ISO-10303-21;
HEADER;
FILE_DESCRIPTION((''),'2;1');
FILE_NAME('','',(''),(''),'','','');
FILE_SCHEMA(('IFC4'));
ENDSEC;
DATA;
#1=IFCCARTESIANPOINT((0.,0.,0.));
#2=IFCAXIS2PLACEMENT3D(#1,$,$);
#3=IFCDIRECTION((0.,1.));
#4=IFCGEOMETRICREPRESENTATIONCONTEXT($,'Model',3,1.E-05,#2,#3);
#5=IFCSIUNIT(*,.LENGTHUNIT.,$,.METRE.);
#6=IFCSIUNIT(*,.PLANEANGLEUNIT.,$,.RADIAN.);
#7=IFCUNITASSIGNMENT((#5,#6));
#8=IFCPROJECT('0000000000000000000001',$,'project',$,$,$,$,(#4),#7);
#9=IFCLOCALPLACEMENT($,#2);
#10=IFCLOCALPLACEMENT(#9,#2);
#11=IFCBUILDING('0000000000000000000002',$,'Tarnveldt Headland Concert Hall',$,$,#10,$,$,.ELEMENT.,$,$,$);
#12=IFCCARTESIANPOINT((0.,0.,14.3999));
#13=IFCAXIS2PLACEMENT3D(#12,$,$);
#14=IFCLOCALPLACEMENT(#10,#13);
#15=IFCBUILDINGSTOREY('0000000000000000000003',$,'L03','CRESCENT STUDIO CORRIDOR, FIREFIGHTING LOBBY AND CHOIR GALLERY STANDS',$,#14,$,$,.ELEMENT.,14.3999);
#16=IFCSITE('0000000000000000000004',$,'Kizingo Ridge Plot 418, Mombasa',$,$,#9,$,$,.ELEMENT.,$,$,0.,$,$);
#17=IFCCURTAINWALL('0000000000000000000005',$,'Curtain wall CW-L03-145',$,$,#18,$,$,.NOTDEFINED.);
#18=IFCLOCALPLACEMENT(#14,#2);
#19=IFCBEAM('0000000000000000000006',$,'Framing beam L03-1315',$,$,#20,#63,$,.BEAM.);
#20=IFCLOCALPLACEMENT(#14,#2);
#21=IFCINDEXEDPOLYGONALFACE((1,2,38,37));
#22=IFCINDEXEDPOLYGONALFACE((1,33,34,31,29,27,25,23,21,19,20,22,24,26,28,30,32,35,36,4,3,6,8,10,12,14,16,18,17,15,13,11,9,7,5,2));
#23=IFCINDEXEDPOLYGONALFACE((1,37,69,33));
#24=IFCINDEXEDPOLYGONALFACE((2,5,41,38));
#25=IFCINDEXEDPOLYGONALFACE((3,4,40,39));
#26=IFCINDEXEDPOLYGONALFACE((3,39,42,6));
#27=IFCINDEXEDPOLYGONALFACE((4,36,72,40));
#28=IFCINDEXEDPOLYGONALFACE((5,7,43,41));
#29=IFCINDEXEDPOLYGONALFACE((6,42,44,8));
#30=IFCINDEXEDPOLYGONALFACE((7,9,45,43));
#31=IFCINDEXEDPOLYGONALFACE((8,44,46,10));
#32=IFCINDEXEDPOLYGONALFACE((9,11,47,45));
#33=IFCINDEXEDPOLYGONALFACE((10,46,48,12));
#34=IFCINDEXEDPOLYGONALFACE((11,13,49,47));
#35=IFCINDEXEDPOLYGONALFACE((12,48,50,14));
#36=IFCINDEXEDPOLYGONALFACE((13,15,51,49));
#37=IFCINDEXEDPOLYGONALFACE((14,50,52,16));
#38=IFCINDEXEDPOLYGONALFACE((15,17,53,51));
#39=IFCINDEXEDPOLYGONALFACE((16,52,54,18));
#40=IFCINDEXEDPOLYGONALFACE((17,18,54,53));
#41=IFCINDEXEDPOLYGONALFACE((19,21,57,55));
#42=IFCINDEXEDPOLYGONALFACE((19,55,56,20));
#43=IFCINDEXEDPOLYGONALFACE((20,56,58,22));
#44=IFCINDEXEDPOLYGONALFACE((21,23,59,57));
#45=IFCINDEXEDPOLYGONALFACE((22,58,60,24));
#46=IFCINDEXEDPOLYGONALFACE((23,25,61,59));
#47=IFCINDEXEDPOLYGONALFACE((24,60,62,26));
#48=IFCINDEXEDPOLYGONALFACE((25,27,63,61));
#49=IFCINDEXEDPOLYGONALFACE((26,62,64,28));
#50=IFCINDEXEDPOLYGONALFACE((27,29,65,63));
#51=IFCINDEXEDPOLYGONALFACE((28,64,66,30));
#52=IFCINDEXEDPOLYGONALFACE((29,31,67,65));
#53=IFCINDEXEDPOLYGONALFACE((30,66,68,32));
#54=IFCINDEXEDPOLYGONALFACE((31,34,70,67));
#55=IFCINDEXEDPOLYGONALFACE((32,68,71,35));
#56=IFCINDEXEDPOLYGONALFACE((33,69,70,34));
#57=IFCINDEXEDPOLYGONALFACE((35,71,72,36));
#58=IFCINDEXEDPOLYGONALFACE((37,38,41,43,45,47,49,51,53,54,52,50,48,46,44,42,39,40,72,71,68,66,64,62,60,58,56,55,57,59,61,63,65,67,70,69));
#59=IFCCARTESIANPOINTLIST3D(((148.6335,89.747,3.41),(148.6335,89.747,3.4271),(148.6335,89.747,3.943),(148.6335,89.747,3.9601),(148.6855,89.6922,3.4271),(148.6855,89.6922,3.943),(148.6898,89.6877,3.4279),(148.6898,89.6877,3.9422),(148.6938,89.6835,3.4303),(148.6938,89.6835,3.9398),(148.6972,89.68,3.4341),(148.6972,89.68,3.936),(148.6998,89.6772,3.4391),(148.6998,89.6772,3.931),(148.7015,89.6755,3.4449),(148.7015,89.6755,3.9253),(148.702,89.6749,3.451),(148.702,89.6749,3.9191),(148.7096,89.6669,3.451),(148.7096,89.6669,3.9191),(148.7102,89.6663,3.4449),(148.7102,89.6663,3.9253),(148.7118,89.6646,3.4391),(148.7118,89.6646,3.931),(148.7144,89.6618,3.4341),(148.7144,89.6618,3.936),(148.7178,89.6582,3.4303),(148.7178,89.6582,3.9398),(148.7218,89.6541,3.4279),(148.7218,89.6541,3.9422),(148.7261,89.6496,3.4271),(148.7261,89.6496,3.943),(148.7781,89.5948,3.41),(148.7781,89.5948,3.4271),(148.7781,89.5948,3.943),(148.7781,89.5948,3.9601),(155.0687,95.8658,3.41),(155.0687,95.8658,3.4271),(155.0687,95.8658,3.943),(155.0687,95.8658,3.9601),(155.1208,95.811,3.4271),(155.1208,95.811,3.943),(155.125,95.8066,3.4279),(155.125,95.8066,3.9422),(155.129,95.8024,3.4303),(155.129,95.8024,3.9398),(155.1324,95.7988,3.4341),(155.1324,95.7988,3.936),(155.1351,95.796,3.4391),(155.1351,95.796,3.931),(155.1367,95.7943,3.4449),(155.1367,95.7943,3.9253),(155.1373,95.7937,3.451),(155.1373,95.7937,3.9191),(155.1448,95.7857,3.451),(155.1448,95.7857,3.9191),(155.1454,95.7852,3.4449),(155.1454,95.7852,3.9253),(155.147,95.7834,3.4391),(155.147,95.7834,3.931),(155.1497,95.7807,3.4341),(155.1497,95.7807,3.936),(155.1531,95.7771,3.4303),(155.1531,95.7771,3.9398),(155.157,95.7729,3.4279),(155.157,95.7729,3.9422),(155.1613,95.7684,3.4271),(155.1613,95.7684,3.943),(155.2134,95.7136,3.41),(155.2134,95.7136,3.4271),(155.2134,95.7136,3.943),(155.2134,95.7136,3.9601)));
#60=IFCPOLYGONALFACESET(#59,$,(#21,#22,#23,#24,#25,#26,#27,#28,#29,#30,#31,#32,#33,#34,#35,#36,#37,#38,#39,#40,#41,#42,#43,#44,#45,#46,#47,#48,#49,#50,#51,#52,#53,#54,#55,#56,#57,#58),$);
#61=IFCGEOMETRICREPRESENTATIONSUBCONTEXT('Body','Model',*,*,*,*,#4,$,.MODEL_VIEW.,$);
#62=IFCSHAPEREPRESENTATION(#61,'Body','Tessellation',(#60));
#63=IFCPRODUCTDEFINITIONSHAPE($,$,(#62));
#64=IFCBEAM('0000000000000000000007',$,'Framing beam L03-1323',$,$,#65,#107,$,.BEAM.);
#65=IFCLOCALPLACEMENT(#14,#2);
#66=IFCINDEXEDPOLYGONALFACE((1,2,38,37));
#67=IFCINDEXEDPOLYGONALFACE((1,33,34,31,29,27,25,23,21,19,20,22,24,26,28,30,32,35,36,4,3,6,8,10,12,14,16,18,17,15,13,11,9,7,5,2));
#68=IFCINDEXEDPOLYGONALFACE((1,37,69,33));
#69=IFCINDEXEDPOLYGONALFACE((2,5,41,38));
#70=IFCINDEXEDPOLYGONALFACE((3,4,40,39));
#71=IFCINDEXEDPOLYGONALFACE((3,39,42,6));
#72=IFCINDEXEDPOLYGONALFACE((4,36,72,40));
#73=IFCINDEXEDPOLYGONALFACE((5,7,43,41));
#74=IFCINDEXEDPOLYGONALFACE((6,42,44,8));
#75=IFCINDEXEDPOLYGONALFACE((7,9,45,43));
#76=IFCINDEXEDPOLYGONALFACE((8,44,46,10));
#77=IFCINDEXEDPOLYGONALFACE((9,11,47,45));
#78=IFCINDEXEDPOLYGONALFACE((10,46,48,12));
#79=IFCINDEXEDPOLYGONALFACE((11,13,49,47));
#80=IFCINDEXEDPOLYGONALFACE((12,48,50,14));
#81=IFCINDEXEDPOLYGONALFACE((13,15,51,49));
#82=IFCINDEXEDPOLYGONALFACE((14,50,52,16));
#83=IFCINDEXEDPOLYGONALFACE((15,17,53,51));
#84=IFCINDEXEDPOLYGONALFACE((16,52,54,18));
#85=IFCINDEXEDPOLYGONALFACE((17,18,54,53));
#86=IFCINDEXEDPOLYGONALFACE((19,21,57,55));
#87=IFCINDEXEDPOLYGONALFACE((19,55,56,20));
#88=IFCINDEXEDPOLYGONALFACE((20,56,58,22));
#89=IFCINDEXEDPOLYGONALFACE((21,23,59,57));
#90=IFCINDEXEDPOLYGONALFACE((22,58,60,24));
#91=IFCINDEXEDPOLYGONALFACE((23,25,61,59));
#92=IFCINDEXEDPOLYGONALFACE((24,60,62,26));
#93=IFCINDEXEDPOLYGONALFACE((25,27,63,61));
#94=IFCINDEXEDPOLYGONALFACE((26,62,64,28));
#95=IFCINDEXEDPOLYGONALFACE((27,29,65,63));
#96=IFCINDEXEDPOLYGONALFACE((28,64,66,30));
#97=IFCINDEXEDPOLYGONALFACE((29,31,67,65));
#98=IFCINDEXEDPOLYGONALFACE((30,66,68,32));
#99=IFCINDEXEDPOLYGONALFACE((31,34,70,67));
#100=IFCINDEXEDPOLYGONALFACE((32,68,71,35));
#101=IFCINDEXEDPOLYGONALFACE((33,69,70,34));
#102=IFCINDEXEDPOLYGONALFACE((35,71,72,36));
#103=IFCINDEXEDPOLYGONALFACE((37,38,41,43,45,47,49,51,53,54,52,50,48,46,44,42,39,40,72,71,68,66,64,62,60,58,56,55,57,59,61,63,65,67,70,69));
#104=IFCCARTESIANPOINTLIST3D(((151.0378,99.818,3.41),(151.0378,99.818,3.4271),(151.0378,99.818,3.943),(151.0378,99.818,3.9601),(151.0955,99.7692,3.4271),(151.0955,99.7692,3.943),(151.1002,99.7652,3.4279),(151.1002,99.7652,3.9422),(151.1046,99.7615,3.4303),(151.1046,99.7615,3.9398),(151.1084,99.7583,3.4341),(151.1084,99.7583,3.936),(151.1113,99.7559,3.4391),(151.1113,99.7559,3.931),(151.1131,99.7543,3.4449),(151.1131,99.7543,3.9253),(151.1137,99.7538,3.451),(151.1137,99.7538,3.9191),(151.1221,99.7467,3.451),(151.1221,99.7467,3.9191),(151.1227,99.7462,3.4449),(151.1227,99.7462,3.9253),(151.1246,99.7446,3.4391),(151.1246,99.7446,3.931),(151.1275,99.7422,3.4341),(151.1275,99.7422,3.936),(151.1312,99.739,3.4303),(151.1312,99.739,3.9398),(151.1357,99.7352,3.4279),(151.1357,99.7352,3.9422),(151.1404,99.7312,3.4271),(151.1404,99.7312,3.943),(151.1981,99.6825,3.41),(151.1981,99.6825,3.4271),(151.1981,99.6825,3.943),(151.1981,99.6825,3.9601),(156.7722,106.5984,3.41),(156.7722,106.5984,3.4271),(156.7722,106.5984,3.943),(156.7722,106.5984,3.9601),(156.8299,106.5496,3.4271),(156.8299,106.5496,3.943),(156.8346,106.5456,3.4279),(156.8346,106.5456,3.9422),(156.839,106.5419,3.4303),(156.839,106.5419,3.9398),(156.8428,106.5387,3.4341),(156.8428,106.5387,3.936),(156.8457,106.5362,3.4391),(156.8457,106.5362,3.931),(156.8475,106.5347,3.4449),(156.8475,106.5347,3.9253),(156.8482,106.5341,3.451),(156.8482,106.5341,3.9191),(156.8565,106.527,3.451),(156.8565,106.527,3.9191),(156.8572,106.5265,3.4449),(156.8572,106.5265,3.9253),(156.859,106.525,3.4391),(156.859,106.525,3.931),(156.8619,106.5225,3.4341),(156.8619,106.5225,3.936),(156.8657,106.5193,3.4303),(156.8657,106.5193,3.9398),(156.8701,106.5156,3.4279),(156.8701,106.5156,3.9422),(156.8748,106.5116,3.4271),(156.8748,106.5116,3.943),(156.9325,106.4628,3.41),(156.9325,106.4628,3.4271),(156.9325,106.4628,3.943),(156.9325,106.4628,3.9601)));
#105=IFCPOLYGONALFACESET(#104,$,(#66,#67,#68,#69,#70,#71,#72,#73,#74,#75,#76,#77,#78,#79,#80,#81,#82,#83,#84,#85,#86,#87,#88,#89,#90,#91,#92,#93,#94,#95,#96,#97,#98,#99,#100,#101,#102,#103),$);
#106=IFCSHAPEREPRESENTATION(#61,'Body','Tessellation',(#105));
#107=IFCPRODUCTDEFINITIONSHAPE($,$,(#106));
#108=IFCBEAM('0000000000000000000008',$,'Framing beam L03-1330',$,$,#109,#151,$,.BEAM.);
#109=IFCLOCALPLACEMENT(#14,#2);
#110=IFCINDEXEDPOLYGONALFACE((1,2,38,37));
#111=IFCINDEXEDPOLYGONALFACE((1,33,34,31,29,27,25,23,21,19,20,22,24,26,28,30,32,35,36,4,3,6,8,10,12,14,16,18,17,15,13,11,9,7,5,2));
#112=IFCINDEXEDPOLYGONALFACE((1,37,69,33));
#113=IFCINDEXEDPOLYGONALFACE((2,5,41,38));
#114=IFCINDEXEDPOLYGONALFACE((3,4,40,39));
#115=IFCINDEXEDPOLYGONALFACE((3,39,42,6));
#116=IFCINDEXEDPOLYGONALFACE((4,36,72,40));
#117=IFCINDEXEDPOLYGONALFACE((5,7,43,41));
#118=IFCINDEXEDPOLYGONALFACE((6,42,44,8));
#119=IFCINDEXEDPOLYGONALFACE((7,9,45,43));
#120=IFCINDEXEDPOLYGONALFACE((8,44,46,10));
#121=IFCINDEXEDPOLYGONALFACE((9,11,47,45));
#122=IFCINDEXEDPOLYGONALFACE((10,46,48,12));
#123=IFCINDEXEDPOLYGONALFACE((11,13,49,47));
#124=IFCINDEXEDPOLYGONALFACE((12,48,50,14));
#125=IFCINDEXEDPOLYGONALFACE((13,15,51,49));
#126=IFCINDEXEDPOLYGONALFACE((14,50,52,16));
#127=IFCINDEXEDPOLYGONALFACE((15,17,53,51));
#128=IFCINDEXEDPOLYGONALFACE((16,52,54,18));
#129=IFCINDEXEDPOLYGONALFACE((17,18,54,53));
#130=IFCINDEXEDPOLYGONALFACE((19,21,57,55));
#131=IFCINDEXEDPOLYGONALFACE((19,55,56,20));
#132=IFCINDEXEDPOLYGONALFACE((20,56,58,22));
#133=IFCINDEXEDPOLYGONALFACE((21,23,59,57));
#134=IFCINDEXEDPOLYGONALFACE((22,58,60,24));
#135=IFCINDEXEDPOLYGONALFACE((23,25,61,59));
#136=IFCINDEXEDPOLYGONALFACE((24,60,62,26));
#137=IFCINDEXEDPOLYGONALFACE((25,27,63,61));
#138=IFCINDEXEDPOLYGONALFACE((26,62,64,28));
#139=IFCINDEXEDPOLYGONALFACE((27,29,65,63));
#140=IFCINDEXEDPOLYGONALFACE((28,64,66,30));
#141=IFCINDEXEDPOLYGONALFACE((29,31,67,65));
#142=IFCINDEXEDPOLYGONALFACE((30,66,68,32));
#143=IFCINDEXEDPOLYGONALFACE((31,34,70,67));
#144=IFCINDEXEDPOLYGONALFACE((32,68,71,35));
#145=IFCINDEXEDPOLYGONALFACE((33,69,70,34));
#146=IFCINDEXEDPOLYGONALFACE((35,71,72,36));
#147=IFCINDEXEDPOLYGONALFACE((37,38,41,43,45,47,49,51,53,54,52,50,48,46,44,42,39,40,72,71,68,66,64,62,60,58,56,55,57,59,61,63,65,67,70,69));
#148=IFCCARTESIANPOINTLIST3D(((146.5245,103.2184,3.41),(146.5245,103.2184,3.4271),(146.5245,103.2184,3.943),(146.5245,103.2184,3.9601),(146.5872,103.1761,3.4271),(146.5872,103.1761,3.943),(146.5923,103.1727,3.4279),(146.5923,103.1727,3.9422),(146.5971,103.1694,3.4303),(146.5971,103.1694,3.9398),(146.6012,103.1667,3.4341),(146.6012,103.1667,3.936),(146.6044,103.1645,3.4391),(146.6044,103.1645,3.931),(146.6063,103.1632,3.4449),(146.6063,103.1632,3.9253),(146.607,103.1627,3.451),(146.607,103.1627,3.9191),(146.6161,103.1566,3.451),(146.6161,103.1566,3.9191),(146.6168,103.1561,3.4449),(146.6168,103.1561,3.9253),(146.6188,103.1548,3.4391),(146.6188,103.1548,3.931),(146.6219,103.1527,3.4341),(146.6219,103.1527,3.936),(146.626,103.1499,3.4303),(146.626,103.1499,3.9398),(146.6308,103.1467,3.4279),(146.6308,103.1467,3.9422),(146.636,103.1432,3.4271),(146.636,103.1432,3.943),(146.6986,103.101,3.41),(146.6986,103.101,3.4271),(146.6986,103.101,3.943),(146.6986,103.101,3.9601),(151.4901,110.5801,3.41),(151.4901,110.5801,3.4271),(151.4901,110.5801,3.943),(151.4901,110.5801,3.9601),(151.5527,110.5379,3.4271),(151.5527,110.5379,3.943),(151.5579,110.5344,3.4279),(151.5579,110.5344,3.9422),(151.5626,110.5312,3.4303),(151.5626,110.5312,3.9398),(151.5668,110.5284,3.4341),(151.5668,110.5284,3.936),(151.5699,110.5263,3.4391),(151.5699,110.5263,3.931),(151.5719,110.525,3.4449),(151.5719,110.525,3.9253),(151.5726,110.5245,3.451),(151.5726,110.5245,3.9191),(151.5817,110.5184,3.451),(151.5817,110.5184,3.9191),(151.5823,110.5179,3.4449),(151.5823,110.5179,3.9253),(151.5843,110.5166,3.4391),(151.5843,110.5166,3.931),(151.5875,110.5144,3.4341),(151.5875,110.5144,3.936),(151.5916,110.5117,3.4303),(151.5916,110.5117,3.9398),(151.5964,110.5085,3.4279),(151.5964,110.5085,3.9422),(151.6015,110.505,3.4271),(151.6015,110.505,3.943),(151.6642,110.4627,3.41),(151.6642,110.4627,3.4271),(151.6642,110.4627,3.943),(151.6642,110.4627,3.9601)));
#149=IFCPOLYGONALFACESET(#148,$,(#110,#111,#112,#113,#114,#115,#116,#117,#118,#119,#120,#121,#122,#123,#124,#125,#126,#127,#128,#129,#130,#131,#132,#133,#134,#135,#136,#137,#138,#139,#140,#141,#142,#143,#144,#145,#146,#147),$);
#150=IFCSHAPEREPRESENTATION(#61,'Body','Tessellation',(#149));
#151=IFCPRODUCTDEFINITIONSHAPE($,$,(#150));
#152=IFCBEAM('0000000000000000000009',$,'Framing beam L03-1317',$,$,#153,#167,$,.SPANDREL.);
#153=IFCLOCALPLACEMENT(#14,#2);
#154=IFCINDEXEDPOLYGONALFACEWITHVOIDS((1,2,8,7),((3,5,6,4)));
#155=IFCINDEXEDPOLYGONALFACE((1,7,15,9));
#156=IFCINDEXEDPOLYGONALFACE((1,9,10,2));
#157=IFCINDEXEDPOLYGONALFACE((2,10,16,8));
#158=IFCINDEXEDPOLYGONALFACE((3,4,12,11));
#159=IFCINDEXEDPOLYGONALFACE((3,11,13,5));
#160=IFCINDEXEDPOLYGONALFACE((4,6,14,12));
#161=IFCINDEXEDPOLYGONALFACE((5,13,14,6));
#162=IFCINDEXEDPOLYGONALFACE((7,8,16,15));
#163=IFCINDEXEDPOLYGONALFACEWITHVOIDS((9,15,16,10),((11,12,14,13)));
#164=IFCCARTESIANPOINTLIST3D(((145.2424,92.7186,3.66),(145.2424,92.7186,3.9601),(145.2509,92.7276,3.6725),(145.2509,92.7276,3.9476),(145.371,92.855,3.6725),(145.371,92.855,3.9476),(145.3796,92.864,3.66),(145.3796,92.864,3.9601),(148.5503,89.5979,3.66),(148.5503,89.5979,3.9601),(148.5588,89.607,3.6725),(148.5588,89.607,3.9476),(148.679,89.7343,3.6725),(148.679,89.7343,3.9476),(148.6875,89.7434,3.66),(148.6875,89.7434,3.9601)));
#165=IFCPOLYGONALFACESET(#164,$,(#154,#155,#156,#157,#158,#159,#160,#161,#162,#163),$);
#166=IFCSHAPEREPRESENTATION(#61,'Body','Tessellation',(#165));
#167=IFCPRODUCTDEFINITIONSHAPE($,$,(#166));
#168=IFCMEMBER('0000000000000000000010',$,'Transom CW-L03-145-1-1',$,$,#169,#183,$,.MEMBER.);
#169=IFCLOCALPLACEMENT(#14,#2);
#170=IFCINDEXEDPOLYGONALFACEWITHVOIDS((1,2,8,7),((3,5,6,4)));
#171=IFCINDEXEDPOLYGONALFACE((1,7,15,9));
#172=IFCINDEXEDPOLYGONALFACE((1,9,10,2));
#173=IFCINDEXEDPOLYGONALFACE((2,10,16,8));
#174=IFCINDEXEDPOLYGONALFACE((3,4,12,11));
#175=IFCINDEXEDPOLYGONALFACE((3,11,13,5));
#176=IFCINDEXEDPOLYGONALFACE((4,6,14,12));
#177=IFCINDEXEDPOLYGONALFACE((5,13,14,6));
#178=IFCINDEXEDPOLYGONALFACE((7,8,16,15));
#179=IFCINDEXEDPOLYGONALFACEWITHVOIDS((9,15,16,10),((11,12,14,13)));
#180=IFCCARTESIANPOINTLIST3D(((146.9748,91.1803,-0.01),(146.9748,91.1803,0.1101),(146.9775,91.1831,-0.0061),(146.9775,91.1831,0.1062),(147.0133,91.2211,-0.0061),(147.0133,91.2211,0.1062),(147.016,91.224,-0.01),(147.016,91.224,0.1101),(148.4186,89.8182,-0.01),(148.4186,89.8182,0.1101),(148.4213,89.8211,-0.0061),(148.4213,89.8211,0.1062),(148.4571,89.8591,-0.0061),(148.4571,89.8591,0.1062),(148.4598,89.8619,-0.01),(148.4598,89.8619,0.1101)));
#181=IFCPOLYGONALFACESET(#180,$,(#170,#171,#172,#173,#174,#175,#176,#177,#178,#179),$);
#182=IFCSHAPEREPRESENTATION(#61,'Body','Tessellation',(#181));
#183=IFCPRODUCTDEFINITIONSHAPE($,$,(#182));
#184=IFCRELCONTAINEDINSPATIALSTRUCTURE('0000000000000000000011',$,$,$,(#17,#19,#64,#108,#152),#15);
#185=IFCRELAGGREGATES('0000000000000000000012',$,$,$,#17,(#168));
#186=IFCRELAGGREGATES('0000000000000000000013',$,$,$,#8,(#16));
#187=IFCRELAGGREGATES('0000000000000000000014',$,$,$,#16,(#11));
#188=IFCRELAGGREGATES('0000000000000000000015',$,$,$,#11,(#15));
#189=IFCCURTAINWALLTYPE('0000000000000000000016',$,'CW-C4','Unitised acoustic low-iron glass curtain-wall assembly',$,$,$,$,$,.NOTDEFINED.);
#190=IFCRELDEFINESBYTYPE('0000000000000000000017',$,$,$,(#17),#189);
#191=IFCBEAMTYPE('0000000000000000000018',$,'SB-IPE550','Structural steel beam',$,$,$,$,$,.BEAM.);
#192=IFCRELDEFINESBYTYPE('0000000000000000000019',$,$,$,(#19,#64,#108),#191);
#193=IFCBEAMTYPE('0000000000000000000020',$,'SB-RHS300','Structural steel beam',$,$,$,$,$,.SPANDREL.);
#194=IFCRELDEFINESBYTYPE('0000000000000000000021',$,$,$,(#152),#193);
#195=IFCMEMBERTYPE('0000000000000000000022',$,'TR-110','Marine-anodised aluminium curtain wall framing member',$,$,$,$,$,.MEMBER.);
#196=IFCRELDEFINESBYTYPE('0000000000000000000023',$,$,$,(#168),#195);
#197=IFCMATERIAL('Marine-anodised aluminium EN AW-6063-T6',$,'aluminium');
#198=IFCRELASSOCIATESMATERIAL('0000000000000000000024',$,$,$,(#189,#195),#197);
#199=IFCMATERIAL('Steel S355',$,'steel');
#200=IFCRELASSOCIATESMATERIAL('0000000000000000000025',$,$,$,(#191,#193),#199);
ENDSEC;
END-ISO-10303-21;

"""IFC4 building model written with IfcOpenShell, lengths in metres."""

from ifc_helpers import new_model, si_unit, direction, frame, origin, origin_2d, place, context, subcontext, project, spatial, hollow_rectangle, i_section, extrude, material, material_profile, profile_set, type_object, element, aggregate, save


model = new_model("IFC4")

# Units and contexts
model_context = context("Model", 3, precision=1e-05, world=origin(), true_north=direction((0.0, 1.0)))
body_context = subcontext(model_context, "Body", "Model", "MODEL_VIEW")
ifc_project = project(units=[si_unit("LENGTHUNIT", "METRE"), si_unit("PLANEANGLEUNIT", "RADIAN")], contexts=[model_context])

# Site, building, storey
site_placement = place(None, origin())
site = spatial("IfcSite", under=ifc_project, at=site_placement, Name="Kizingo Ridge Plot 418, Mombasa", CompositionType="ELEMENT", RefElevation=0.0)
building_placement = place(site_placement, origin())
building = spatial("IfcBuilding", under=site, at=building_placement, Name="Tarnveldt Headland Concert Hall", CompositionType="ELEMENT")
storey_placement = place(building_placement, frame((0.0, 0.0, 14.3999)))
storey = spatial("IfcBuildingStorey", under=building, at=storey_placement, Name="L03", Description="CRESCENT STUDIO CORRIDOR, FIREFIGHTING LOBBY AND CHOIR GALLERY STANDS", CompositionType="ELEMENT", Elevation=14.3999)

# Shared definitions
ifc_material_1 = material(Name="Steel S355", Category="steel")

# Shared definitions
ifc_material_2 = material(Name="Marine-anodised aluminium EN AW-6063-T6", Category="aluminium")
curtain_wall_type = type_object("IfcCurtainWallType", Name="CW-C4", Description="Unitised acoustic low-iron glass curtain-wall assembly", PredefinedType="NOTDEFINED", material=ifc_material_2)

# Curtain wall
curtain_wall_1_placement = place(storey_placement, origin())
curtain_wall_1 = element("IfcCurtainWall", 1, at=curtain_wall_1_placement, inside=storey, type_object=curtain_wall_type, Name="Curtain wall CW-L03-145", PredefinedType="NOTDEFINED")

# Beams
ifc_material_profile_1 = material_profile(ifc_material_1, i_section(OverallWidth=0.21, OverallDepth=0.55, WebThickness=0.011, FlangeThickness=0.0171, FilletRadius=0.0239, at=origin_2d()), Name="IPE550", Category="steel")
ifc_profile_set_1 = profile_set([ifc_material_profile_1], Name="Steel S355")
beam_type_1 = type_object("IfcBeamType", Name="SB-IPE550", Description="Structural steel beam", PredefinedType="BEAM", material=ifc_profile_set_1)
beam_1_placement = place(storey_placement, frame((148.7058, 89.6709, 3.6851), z_axis=(0.724698, 0.689067, 0.0), x_axis=(-0.689067, 0.724698, 0.0)))
element("IfcBeam", 2, at=beam_1_placement, inside=storey, type_object=beam_type_1, Name="Framing beam L03-1315", PredefinedType="BEAM", context=body_context, shape_type="SweptSolid", body=[
    extrude(i_section(OverallWidth=0.21, OverallDepth=0.55, WebThickness=0.011, FlangeThickness=0.0171, FilletRadius=0.0239, at=origin_2d()), origin(), (0.0, 0.0, 1.0), 8.8799),
])
beam_2_placement = place(storey_placement, frame((151.1179, 99.7502, 3.6851), z_axis=(0.64576, 0.763541, 0.0), x_axis=(-0.763541, 0.64576, 0.0)))
element("IfcBeam", 3, at=beam_2_placement, inside=storey, type_object=beam_type_1, Name="Framing beam L03-1323", PredefinedType="BEAM", context=body_context, shape_type="SweptSolid", body=[
    extrude(i_section(OverallWidth=0.21, OverallDepth=0.55, WebThickness=0.011, FlangeThickness=0.0171, FilletRadius=0.0239, at=origin_2d()), origin(), (0.0, 0.0, 1.0), 8.8801),
])
beam_3_placement = place(storey_placement, frame((146.6116, 103.1597, 3.6851), z_axis=(0.55919, 0.829039, 0.0), x_axis=(-0.829039, 0.55919, 0.0)))
element("IfcBeam", 4, at=beam_3_placement, inside=storey, type_object=beam_type_1, Name="Framing beam L03-1330", PredefinedType="BEAM", context=body_context, shape_type="SweptSolid", body=[
    extrude(i_section(OverallWidth=0.21, OverallDepth=0.55, WebThickness=0.011, FlangeThickness=0.0171, FilletRadius=0.0239, at=origin_2d()), origin(), (0.0, 0.0, 1.0), 8.8799),
])
ifc_material_profile_2 = material_profile(ifc_material_1, hollow_rectangle(XDim=0.2, YDim=0.3, WallThickness=0.0125, at=origin_2d()), Name="RHS 300x200x12.5", Category="steel")
ifc_profile_set_2 = profile_set([ifc_material_profile_2], Name="Steel S355")
beam_type_2 = type_object("IfcBeamType", Name="SB-RHS300", Description="Structural steel beam", PredefinedType="SPANDREL", material=ifc_profile_set_2)
beam_4_placement = place(storey_placement, frame((148.6189, 89.6707, 3.8101), z_axis=(-0.727396, 0.686218, 0.0), x_axis=(-0.686218, -0.727396, 0.0)))
element("IfcBeam", 5, at=beam_4_placement, inside=storey, type_object=beam_type_2, Name="Framing beam L03-1317", PredefinedType="SPANDREL", context=body_context, shape_type="SweptSolid", body=[
    extrude(hollow_rectangle(XDim=0.2, YDim=0.3, WallThickness=0.0125, at=origin_2d()), origin(), (0.0, 0.0, 1.0), 4.5476),
])

# Member
ifc_material_profile_3 = material_profile(ifc_material_2, hollow_rectangle(XDim=0.0601, YDim=0.1201, WallThickness=0.0039, at=origin_2d()), Name="ALU TRANSOM 60x120x4", Category="aluminium")
ifc_profile_set_3 = profile_set([ifc_material_profile_3], Name="Marine-anodised aluminium EN AW-6063-T6")
member_type_1 = type_object("IfcMemberType", Name="TR-110", Description="Marine-anodised aluminium curtain wall framing member", PredefinedType="MEMBER", material=ifc_profile_set_3)
member_1_placement = place(storey_placement, frame((148.4392, 89.8401, 0.05), z_axis=(-0.727409, 0.686204, 0.0), x_axis=(-0.686204, -0.727409, 0.0)))
member_1 = element("IfcMember", 6, at=member_1_placement, type_object=member_type_1, Name="Transom CW-L03-145-1-1", PredefinedType="MEMBER", context=body_context, shape_type="SweptSolid", body=[
    extrude(hollow_rectangle(XDim=0.0601, YDim=0.1201, WallThickness=0.0039, at=origin_2d()), origin(), (0.0, 0.0, 1.0), 1.9849),
])

aggregate(curtain_wall_1, [member_1])

save(model, "model.ifc")
